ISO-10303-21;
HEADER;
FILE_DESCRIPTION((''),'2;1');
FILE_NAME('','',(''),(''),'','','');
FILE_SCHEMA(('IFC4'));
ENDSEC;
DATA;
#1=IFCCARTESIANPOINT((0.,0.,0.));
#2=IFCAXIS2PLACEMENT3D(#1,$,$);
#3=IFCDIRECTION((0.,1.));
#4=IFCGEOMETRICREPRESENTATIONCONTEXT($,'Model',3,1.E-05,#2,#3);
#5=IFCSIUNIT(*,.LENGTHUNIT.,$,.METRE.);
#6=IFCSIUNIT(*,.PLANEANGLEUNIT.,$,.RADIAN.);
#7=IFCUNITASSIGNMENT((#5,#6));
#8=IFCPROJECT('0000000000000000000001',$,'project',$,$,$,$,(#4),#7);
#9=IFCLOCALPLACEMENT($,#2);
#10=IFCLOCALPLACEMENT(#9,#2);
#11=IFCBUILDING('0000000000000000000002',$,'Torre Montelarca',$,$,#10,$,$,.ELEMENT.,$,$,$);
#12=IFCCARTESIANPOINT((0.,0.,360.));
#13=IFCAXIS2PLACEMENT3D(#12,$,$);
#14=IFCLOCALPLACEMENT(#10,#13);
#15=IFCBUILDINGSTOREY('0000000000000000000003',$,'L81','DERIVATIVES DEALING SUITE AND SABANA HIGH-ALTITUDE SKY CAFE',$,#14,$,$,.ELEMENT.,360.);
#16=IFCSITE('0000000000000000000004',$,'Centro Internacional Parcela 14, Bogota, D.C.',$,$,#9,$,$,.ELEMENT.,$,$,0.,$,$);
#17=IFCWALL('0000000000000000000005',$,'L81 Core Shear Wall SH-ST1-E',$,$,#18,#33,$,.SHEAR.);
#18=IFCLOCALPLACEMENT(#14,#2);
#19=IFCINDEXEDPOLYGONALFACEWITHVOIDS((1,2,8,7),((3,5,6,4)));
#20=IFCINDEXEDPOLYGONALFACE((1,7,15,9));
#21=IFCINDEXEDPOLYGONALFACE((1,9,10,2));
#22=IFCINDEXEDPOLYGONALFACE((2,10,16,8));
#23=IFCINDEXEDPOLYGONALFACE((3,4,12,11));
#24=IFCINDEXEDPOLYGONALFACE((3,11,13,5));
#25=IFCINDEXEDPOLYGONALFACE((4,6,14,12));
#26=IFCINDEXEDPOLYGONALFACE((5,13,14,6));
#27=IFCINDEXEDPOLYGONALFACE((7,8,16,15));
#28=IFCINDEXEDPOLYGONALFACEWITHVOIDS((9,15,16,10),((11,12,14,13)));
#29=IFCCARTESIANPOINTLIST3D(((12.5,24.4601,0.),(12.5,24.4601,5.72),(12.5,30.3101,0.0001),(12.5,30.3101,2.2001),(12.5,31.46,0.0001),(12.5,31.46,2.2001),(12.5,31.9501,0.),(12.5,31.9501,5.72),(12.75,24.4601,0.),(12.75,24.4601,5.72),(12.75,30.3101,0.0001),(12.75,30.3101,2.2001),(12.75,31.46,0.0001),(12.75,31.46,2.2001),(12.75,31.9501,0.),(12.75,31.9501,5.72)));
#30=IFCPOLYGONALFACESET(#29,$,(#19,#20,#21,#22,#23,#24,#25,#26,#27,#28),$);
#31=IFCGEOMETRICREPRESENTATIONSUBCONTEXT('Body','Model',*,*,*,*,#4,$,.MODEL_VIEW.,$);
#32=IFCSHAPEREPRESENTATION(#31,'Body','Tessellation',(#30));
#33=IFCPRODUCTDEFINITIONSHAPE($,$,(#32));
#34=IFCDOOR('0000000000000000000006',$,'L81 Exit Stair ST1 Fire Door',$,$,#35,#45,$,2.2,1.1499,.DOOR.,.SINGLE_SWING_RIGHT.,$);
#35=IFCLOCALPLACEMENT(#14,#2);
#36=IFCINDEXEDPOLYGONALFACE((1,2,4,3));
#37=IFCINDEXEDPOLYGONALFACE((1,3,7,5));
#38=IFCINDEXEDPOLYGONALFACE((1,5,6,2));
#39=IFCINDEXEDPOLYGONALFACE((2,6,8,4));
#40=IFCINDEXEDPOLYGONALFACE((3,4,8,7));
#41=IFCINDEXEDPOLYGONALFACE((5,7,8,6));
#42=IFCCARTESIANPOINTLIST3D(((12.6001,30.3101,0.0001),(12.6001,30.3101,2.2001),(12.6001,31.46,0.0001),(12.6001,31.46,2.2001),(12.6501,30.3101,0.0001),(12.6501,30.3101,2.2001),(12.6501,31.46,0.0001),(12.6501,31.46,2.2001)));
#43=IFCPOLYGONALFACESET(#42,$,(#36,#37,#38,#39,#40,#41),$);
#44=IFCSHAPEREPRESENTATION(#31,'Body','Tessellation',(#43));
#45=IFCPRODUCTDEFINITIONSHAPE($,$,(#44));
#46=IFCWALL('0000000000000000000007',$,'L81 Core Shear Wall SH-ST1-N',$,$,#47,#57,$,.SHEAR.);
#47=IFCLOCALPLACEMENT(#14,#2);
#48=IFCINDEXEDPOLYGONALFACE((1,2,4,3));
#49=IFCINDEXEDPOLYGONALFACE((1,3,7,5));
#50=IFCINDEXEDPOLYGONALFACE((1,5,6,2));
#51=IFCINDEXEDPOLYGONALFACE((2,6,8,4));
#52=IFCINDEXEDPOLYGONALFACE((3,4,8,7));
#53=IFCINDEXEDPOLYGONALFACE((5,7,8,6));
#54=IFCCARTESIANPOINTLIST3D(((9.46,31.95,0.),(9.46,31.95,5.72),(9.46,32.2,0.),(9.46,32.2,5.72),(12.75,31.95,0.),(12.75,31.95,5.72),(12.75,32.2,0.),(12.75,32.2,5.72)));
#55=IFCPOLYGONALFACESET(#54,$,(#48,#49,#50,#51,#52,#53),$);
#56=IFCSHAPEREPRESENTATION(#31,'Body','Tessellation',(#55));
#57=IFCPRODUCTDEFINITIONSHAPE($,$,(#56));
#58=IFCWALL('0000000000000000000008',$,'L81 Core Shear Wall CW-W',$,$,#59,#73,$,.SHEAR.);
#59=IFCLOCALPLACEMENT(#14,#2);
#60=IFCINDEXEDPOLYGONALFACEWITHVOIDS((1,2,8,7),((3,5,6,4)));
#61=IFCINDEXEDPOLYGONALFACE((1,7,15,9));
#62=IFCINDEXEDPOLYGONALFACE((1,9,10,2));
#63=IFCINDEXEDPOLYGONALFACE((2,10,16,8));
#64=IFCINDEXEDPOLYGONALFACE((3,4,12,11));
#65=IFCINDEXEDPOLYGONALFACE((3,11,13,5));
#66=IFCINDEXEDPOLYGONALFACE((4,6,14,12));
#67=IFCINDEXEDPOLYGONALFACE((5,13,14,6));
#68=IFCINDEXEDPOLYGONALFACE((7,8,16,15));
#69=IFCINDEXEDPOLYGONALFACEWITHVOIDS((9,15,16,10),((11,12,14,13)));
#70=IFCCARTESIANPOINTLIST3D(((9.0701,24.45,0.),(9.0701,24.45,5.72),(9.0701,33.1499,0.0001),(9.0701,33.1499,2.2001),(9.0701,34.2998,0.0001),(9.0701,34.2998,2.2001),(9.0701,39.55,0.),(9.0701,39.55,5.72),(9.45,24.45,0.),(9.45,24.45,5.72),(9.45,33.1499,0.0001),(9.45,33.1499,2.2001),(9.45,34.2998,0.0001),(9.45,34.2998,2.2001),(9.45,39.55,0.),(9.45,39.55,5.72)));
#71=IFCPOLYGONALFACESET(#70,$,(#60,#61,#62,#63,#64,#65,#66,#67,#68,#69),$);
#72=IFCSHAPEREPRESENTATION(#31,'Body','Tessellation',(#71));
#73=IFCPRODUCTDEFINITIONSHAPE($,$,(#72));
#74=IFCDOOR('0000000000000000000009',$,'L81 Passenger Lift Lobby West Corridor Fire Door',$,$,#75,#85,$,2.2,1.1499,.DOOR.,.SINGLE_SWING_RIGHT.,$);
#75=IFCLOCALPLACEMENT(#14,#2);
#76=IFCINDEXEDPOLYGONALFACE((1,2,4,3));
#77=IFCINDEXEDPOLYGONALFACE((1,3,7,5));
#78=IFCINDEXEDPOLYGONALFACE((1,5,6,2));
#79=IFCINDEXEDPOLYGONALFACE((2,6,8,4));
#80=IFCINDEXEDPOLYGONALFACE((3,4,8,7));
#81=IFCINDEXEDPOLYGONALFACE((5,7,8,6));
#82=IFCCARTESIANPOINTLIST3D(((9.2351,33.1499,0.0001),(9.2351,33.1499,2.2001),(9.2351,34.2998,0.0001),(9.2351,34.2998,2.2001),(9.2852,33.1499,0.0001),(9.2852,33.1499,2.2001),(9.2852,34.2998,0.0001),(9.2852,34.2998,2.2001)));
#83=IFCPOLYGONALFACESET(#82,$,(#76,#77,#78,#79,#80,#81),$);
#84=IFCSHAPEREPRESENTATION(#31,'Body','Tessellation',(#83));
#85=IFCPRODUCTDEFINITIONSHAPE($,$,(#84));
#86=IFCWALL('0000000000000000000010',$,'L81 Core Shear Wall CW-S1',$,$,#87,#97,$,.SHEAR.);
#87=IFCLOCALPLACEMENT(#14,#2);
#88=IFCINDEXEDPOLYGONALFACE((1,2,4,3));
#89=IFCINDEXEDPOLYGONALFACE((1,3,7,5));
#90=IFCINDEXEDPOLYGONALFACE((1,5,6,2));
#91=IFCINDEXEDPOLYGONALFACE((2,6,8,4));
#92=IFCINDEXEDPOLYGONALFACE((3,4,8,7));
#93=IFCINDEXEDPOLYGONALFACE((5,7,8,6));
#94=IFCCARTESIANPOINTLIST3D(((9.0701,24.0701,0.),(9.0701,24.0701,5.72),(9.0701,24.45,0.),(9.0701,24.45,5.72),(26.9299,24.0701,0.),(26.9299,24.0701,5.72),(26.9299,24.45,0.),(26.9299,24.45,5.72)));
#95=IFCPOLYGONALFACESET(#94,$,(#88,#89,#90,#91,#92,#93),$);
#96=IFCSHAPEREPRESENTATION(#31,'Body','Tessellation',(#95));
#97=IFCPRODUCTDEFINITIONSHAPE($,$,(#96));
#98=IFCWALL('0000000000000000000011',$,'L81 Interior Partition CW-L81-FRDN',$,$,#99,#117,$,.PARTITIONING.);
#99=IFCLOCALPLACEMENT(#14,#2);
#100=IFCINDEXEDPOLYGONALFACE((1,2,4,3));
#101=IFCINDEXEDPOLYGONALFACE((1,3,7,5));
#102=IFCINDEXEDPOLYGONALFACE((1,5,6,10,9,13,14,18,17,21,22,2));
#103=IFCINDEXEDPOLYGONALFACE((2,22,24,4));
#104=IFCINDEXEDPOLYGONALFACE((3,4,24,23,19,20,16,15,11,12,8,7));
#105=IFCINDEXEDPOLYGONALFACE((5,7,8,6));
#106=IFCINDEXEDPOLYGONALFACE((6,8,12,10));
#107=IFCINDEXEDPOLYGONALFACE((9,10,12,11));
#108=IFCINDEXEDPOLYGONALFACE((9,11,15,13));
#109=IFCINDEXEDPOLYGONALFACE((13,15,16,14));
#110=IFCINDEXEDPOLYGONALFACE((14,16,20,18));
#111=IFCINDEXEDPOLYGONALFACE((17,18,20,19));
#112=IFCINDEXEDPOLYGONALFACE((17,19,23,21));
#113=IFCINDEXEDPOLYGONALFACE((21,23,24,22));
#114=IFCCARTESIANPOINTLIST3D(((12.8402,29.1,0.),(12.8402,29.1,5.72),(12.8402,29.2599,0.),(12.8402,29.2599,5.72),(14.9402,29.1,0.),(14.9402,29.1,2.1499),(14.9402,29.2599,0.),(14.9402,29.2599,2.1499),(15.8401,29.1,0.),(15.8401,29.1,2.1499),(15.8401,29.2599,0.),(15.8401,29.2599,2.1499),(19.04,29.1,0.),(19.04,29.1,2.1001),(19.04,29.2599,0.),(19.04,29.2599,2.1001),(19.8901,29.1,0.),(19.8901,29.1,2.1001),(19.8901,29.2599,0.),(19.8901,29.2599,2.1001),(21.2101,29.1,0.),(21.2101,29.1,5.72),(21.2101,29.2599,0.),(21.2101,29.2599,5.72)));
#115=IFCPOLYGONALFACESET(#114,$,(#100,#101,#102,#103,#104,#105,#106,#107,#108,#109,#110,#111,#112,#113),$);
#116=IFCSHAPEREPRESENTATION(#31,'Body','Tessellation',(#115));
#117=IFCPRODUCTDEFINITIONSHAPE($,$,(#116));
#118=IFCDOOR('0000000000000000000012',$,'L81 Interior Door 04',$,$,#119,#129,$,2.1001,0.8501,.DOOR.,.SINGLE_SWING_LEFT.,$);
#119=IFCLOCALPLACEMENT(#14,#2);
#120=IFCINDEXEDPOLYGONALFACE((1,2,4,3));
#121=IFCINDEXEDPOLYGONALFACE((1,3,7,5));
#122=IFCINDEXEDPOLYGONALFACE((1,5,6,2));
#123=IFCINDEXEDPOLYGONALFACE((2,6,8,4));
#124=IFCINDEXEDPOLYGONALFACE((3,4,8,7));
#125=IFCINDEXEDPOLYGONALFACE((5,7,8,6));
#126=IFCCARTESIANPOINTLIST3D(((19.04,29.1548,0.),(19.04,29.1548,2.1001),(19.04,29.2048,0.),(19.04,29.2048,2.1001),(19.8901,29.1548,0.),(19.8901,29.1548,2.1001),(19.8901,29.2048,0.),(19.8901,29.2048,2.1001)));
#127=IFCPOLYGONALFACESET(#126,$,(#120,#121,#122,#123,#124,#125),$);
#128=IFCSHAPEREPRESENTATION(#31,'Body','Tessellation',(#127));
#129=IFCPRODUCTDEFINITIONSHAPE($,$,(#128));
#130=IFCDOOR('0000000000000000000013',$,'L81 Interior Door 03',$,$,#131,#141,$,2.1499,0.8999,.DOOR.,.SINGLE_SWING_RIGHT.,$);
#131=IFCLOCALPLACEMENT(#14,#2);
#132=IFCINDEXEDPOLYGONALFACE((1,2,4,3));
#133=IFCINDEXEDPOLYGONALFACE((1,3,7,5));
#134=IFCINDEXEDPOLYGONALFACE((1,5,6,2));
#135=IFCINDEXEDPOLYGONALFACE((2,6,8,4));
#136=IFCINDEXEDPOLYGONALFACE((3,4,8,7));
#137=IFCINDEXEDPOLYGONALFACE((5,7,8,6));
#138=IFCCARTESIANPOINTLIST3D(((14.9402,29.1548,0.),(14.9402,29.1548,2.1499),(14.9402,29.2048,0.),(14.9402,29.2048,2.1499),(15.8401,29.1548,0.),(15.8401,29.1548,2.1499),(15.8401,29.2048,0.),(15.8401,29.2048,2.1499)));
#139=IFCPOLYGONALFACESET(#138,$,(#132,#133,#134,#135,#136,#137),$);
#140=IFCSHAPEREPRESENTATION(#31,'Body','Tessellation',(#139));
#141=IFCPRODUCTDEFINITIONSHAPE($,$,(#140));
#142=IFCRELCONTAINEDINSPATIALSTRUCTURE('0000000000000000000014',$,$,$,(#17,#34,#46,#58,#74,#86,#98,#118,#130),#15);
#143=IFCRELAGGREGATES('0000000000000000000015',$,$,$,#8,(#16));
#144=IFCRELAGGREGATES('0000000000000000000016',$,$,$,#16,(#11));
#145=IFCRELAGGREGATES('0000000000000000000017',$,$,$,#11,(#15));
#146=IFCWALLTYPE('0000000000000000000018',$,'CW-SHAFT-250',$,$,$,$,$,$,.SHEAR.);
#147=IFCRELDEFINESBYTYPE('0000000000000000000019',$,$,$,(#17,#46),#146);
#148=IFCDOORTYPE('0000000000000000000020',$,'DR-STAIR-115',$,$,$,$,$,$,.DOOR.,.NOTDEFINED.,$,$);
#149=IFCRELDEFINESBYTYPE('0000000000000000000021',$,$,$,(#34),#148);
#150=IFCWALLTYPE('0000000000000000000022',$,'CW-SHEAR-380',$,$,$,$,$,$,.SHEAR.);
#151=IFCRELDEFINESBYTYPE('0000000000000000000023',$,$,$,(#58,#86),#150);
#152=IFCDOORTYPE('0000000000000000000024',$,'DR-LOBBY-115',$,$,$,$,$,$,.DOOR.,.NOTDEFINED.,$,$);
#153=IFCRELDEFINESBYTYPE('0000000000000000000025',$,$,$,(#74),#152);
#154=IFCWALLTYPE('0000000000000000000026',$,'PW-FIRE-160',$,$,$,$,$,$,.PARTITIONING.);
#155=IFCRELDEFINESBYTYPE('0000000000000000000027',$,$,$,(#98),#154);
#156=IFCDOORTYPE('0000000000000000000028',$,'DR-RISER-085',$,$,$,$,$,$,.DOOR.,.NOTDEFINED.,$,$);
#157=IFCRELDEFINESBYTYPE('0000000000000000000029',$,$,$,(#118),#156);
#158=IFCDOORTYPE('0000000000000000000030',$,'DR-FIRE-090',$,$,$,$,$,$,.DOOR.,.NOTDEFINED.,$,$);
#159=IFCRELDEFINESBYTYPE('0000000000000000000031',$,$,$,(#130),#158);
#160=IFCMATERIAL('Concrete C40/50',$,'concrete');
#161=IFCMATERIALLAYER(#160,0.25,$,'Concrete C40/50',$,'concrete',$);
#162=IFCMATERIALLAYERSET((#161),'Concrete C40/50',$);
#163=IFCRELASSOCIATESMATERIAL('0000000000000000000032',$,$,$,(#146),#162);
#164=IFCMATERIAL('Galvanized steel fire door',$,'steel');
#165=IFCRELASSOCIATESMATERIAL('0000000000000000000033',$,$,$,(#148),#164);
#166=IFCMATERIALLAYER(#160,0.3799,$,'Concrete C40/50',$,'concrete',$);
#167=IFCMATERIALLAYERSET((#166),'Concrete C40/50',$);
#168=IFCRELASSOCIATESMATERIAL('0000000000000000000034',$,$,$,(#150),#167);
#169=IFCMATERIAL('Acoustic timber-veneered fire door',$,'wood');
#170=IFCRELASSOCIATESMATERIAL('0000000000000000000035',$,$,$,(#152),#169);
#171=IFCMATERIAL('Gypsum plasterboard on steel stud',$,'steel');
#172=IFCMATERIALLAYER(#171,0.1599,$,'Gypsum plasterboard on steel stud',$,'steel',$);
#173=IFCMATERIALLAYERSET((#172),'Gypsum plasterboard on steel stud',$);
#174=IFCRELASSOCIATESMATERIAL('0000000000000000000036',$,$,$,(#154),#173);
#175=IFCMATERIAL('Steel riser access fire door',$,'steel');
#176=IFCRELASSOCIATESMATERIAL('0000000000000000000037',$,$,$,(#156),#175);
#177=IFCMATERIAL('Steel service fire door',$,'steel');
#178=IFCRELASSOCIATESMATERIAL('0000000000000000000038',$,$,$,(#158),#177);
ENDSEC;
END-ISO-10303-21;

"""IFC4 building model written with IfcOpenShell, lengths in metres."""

from ifc_helpers import new_model, si_unit, direction, frame, frame_2d, origin, place, context, subcontext, project, spatial, rectangle, extrude, source, transform, mapped, material, layer, layer_set, type_object, element, fill, save


model = new_model("IFC4")

# Units and contexts
model_context = context("Model", 3, precision=1e-05, world=origin(), true_north=direction((0.0, 1.0)))
body_context = subcontext(model_context, "Body", "Model", "MODEL_VIEW")
ifc_project = project(units=[si_unit("LENGTHUNIT", "METRE"), si_unit("PLANEANGLEUNIT", "RADIAN")], contexts=[model_context])

# Site, building, storey
site_placement = place(None, origin())
site = spatial("IfcSite", under=ifc_project, at=site_placement, Name="Centro Internacional Parcela 14, Bogota, D.C.", CompositionType="ELEMENT", RefElevation=0.0)
building_placement = place(site_placement, origin())
building = spatial("IfcBuilding", under=site, at=building_placement, Name="Torre Montelarca", CompositionType="ELEMENT")
storey_placement = place(building_placement, frame((0.0, 0.0, 360.0)))
storey = spatial("IfcBuildingStorey", under=building, at=storey_placement, Name="L81", Description="DERIVATIVES DEALING SUITE AND SABANA HIGH-ALTITUDE SKY CAFE", CompositionType="ELEMENT", Elevation=360.0)

# Shared definitions
ifc_material_1 = material(Name="Concrete C40/50", Category="concrete")

# Wall, opening, door
ifc_layer_1 = layer(ifc_material_1, 0.25, Name="Concrete C40/50", Category="concrete")
ifc_layer_set_1 = layer_set([ifc_layer_1], Name="Concrete C40/50")
wall_type_1 = type_object("IfcWallType", Name="CW-SHAFT-250", PredefinedType="SHEAR", material=ifc_layer_set_1)
wall_1_placement = place(storey_placement, frame((12.625, 24.46, 0.0), z_axis=(0.0, 0.0, 1.0), x_axis=(0.0, 1.0, 0.0)))
wall_1 = element("IfcWall", 1, at=wall_1_placement, inside=storey, type_object=wall_type_1, Name="L81 Core Shear Wall SH-ST1-E", PredefinedType="SHEAR", context=body_context, shape_type="SweptSolid", body=[
    extrude(rectangle(XDim=7.49, YDim=0.25, at=frame_2d((3.7451, 0.0))), origin(), (0.0, 0.0, 1.0), 5.72),
])
opening_1_placement = place(wall_1_placement, frame((5.8501, 0.0, 0.0)))
opening_1 = element("IfcOpeningElement", 2, at=opening_1_placement, cuts=wall_1, PredefinedType="OPENING", context=body_context, shape_type="SweptSolid", body=[
    extrude(rectangle(XDim=1.1499, YDim=2.2, at=frame_2d((0.575, 1.1001))), frame((0.0, 0.135, 0.0), z_axis=(0.0, -1.0, 0.0), x_axis=(1.0, 0.0, 0.0)), (0.0, 0.0, 1.0), 0.27),
])
ifc_material_2 = material(Name="Galvanized steel fire door", Category="steel")
door_type_1 = type_object("IfcDoorType", Name="DR-STAIR-115", OperationType="NOTDEFINED", PredefinedType="DOOR", material=ifc_material_2)
shared_shape_1 = source(origin(), body_context, "Body", "SweptSolid", [
    extrude(rectangle(XDim=1.1499, YDim=2.2, at=frame_2d((0.575, 1.1001))), frame((0.0, 0.0249, 0.0), z_axis=(0.0, -1.0, 0.0), x_axis=(1.0, 0.0, 0.0)), (0.0, 0.0, 1.0), 0.05),
])
door_1_placement = place(opening_1_placement, origin())
door_1 = element("IfcDoor", 3, at=door_1_placement, inside=storey, type_object=door_type_1, Name="L81 Exit Stair ST1 Fire Door", OperationType="SINGLE_SWING_RIGHT", OverallHeight=2.2, OverallWidth=1.1499, PredefinedType="DOOR", context=body_context, shape_type="MappedRepresentation", body=[
    mapped(shared_shape_1, transform((0.0, 0.0, 0.0), scale=1.0)),
])
fill(opening_1, door_1)

# Wall
wall_2_placement = place(storey_placement, frame((9.46, 32.075, 0.0), z_axis=(0.0, 0.0, 1.0), x_axis=(1.0, 0.0, 0.0)))
element("IfcWall", 4, at=wall_2_placement, inside=storey, type_object=wall_type_1, Name="L81 Core Shear Wall SH-ST1-N", PredefinedType="SHEAR", context=body_context, shape_type="SweptSolid", body=[
    extrude(rectangle(XDim=3.29, YDim=0.25, at=frame_2d((1.645, 0.0))), origin(), (0.0, 0.0, 1.0), 5.72),
])

# Wall, opening, door
ifc_layer_2 = layer(ifc_material_1, 0.3799, Name="Concrete C40/50", Category="concrete")
ifc_layer_set_2 = layer_set([ifc_layer_2], Name="Concrete C40/50")
wall_type_2 = type_object("IfcWallType", Name="CW-SHEAR-380", PredefinedType="SHEAR", material=ifc_layer_set_2)
wall_3_placement = place(storey_placement, frame((9.26, 24.45, 0.0), z_axis=(0.0, 0.0, 1.0), x_axis=(0.0, 1.0, 0.0)))
wall_3 = element("IfcWall", 5, at=wall_3_placement, inside=storey, type_object=wall_type_2, Name="L81 Core Shear Wall CW-W", PredefinedType="SHEAR", context=body_context, shape_type="SweptSolid", body=[
    extrude(rectangle(XDim=15.1001, YDim=0.3799, at=frame_2d((7.55, 0.0))), origin(), (0.0, 0.0, 1.0), 5.72),
])
opening_2_placement = place(wall_3_placement, frame((8.7, 0.0, 0.0)))
opening_2 = element("IfcOpeningElement", 6, at=opening_2_placement, cuts=wall_3, PredefinedType="OPENING", context=body_context, shape_type="SweptSolid", body=[
    extrude(rectangle(XDim=1.1499, YDim=2.2, at=frame_2d((0.575, 1.1001))), frame((0.0, 0.2, 0.0), z_axis=(0.0, -1.0, 0.0), x_axis=(1.0, 0.0, 0.0)), (0.0, 0.0, 1.0), 0.3999),
])
ifc_material_3 = material(Name="Acoustic timber-veneered fire door", Category="wood")
door_type_2 = type_object("IfcDoorType", Name="DR-LOBBY-115", OperationType="NOTDEFINED", PredefinedType="DOOR", material=ifc_material_3)
shared_shape_2 = source(origin(), body_context, "Body", "SweptSolid", [
    extrude(rectangle(XDim=1.1499, YDim=2.2, at=frame_2d((0.575, 1.1001))), frame((0.0, 0.0249, 0.0), z_axis=(0.0, -1.0, 0.0), x_axis=(1.0, 0.0, 0.0)), (0.0, 0.0, 1.0), 0.05),
])
door_2_placement = place(opening_2_placement, origin())
door_2 = element("IfcDoor", 7, at=door_2_placement, inside=storey, type_object=door_type_2, Name="L81 Passenger Lift Lobby West Corridor Fire Door", OperationType="SINGLE_SWING_RIGHT", OverallHeight=2.2, OverallWidth=1.1499, PredefinedType="DOOR", context=body_context, shape_type="MappedRepresentation", body=[
    mapped(shared_shape_2, transform((0.0, 0.0, 0.0), scale=1.0)),
])
fill(opening_2, door_2)

# Wall
wall_4_placement = place(storey_placement, frame((9.0701, 24.26, 0.0), z_axis=(0.0, 0.0, 1.0), x_axis=(1.0, 0.0, 0.0)))
element("IfcWall", 8, at=wall_4_placement, inside=storey, type_object=wall_type_2, Name="L81 Core Shear Wall CW-S1", PredefinedType="SHEAR", context=body_context, shape_type="SweptSolid", body=[
    extrude(rectangle(XDim=17.8599, YDim=0.3799, at=frame_2d((8.9299, 0.0))), origin(), (0.0, 0.0, 1.0), 5.72),
])

# Wall, openings, doors
ifc_material_4 = material(Name="Gypsum plasterboard on steel stud", Category="steel")
ifc_layer_3 = layer(ifc_material_4, 0.1599, Name="Gypsum plasterboard on steel stud", Category="steel")
ifc_layer_set_3 = layer_set([ifc_layer_3], Name="Gypsum plasterboard on steel stud")
wall_type_3 = type_object("IfcWallType", Name="PW-FIRE-160", PredefinedType="PARTITIONING", material=ifc_layer_set_3)
wall_5_placement = place(storey_placement, frame((12.8401, 29.1799, 0.0), z_axis=(0.0, 0.0, 1.0), x_axis=(1.0, 0.0, 0.0)))
wall_5 = element("IfcWall", 9, at=wall_5_placement, inside=storey, type_object=wall_type_3, Name="L81 Interior Partition CW-L81-FRDN", PredefinedType="PARTITIONING", context=body_context, shape_type="SweptSolid", body=[
    extrude(rectangle(XDim=8.3699, YDim=0.1599, at=frame_2d((4.1851, 0.0))), origin(), (0.0, 0.0, 1.0), 5.72),
])
opening_3_placement = place(wall_5_placement, frame((2.1001, 0.0, 0.0)))
opening_3 = element("IfcOpeningElement", 10, at=opening_3_placement, cuts=wall_5, PredefinedType="OPENING", context=body_context, shape_type="SweptSolid", body=[
    extrude(rectangle(XDim=0.8999, YDim=2.1499, at=frame_2d((0.45, 1.075))), frame((0.0, 0.0898, 0.0), z_axis=(0.0, -1.0, 0.0), x_axis=(1.0, 0.0, 0.0)), (0.0, 0.0, 1.0), 0.1799),
])
opening_4_placement = place(wall_5_placement, frame((6.2, 0.0, 0.0)))
opening_4 = element("IfcOpeningElement", 11, at=opening_4_placement, cuts=wall_5, PredefinedType="OPENING", context=body_context, shape_type="SweptSolid", body=[
    extrude(rectangle(XDim=0.8501, YDim=2.1001, at=frame_2d((0.425, 1.05))), frame((0.0, 0.0898, 0.0), z_axis=(0.0, -1.0, 0.0), x_axis=(1.0, 0.0, 0.0)), (0.0, 0.0, 1.0), 0.1799),
])
ifc_material_5 = material(Name="Steel riser access fire door", Category="steel")
door_type_3 = type_object("IfcDoorType", Name="DR-RISER-085", OperationType="NOTDEFINED", PredefinedType="DOOR", material=ifc_material_5)
shared_shape_3 = source(origin(), body_context, "Body", "SweptSolid", [
    extrude(rectangle(XDim=0.8501, YDim=2.1001, at=frame_2d((0.425, 1.05))), frame((0.0, 0.0249, 0.0), z_axis=(0.0, -1.0, 0.0), x_axis=(1.0, 0.0, 0.0)), (0.0, 0.0, 1.0), 0.05),
])
door_3_placement = place(opening_4_placement, origin())
door_3 = element("IfcDoor", 12, at=door_3_placement, inside=storey, type_object=door_type_3, Name="L81 Interior Door 04", OperationType="SINGLE_SWING_LEFT", OverallHeight=2.1001, OverallWidth=0.8501, PredefinedType="DOOR", context=body_context, shape_type="MappedRepresentation", body=[
    mapped(shared_shape_3, transform((0.0, 0.0, 0.0), scale=1.0)),
])
fill(opening_4, door_3)
ifc_material_6 = material(Name="Steel service fire door", Category="steel")
door_type_4 = type_object("IfcDoorType", Name="DR-FIRE-090", OperationType="NOTDEFINED", PredefinedType="DOOR", material=ifc_material_6)
shared_shape_4 = source(origin(), body_context, "Body", "SweptSolid", [
    extrude(rectangle(XDim=0.8999, YDim=2.1499, at=frame_2d((0.45, 1.075))), frame((0.0, 0.0249, 0.0), z_axis=(0.0, -1.0, 0.0), x_axis=(1.0, 0.0, 0.0)), (0.0, 0.0, 1.0), 0.05),
])
door_4_placement = place(opening_3_placement, origin())
door_4 = element("IfcDoor", 13, at=door_4_placement, inside=storey, type_object=door_type_4, Name="L81 Interior Door 03", OperationType="SINGLE_SWING_RIGHT", OverallHeight=2.1499, OverallWidth=0.8999, PredefinedType="DOOR", context=body_context, shape_type="MappedRepresentation", body=[
    mapped(shared_shape_4, transform((0.0, 0.0, 0.0), scale=1.0)),
])
fill(opening_3, door_4)

save(model, "model.ifc")
